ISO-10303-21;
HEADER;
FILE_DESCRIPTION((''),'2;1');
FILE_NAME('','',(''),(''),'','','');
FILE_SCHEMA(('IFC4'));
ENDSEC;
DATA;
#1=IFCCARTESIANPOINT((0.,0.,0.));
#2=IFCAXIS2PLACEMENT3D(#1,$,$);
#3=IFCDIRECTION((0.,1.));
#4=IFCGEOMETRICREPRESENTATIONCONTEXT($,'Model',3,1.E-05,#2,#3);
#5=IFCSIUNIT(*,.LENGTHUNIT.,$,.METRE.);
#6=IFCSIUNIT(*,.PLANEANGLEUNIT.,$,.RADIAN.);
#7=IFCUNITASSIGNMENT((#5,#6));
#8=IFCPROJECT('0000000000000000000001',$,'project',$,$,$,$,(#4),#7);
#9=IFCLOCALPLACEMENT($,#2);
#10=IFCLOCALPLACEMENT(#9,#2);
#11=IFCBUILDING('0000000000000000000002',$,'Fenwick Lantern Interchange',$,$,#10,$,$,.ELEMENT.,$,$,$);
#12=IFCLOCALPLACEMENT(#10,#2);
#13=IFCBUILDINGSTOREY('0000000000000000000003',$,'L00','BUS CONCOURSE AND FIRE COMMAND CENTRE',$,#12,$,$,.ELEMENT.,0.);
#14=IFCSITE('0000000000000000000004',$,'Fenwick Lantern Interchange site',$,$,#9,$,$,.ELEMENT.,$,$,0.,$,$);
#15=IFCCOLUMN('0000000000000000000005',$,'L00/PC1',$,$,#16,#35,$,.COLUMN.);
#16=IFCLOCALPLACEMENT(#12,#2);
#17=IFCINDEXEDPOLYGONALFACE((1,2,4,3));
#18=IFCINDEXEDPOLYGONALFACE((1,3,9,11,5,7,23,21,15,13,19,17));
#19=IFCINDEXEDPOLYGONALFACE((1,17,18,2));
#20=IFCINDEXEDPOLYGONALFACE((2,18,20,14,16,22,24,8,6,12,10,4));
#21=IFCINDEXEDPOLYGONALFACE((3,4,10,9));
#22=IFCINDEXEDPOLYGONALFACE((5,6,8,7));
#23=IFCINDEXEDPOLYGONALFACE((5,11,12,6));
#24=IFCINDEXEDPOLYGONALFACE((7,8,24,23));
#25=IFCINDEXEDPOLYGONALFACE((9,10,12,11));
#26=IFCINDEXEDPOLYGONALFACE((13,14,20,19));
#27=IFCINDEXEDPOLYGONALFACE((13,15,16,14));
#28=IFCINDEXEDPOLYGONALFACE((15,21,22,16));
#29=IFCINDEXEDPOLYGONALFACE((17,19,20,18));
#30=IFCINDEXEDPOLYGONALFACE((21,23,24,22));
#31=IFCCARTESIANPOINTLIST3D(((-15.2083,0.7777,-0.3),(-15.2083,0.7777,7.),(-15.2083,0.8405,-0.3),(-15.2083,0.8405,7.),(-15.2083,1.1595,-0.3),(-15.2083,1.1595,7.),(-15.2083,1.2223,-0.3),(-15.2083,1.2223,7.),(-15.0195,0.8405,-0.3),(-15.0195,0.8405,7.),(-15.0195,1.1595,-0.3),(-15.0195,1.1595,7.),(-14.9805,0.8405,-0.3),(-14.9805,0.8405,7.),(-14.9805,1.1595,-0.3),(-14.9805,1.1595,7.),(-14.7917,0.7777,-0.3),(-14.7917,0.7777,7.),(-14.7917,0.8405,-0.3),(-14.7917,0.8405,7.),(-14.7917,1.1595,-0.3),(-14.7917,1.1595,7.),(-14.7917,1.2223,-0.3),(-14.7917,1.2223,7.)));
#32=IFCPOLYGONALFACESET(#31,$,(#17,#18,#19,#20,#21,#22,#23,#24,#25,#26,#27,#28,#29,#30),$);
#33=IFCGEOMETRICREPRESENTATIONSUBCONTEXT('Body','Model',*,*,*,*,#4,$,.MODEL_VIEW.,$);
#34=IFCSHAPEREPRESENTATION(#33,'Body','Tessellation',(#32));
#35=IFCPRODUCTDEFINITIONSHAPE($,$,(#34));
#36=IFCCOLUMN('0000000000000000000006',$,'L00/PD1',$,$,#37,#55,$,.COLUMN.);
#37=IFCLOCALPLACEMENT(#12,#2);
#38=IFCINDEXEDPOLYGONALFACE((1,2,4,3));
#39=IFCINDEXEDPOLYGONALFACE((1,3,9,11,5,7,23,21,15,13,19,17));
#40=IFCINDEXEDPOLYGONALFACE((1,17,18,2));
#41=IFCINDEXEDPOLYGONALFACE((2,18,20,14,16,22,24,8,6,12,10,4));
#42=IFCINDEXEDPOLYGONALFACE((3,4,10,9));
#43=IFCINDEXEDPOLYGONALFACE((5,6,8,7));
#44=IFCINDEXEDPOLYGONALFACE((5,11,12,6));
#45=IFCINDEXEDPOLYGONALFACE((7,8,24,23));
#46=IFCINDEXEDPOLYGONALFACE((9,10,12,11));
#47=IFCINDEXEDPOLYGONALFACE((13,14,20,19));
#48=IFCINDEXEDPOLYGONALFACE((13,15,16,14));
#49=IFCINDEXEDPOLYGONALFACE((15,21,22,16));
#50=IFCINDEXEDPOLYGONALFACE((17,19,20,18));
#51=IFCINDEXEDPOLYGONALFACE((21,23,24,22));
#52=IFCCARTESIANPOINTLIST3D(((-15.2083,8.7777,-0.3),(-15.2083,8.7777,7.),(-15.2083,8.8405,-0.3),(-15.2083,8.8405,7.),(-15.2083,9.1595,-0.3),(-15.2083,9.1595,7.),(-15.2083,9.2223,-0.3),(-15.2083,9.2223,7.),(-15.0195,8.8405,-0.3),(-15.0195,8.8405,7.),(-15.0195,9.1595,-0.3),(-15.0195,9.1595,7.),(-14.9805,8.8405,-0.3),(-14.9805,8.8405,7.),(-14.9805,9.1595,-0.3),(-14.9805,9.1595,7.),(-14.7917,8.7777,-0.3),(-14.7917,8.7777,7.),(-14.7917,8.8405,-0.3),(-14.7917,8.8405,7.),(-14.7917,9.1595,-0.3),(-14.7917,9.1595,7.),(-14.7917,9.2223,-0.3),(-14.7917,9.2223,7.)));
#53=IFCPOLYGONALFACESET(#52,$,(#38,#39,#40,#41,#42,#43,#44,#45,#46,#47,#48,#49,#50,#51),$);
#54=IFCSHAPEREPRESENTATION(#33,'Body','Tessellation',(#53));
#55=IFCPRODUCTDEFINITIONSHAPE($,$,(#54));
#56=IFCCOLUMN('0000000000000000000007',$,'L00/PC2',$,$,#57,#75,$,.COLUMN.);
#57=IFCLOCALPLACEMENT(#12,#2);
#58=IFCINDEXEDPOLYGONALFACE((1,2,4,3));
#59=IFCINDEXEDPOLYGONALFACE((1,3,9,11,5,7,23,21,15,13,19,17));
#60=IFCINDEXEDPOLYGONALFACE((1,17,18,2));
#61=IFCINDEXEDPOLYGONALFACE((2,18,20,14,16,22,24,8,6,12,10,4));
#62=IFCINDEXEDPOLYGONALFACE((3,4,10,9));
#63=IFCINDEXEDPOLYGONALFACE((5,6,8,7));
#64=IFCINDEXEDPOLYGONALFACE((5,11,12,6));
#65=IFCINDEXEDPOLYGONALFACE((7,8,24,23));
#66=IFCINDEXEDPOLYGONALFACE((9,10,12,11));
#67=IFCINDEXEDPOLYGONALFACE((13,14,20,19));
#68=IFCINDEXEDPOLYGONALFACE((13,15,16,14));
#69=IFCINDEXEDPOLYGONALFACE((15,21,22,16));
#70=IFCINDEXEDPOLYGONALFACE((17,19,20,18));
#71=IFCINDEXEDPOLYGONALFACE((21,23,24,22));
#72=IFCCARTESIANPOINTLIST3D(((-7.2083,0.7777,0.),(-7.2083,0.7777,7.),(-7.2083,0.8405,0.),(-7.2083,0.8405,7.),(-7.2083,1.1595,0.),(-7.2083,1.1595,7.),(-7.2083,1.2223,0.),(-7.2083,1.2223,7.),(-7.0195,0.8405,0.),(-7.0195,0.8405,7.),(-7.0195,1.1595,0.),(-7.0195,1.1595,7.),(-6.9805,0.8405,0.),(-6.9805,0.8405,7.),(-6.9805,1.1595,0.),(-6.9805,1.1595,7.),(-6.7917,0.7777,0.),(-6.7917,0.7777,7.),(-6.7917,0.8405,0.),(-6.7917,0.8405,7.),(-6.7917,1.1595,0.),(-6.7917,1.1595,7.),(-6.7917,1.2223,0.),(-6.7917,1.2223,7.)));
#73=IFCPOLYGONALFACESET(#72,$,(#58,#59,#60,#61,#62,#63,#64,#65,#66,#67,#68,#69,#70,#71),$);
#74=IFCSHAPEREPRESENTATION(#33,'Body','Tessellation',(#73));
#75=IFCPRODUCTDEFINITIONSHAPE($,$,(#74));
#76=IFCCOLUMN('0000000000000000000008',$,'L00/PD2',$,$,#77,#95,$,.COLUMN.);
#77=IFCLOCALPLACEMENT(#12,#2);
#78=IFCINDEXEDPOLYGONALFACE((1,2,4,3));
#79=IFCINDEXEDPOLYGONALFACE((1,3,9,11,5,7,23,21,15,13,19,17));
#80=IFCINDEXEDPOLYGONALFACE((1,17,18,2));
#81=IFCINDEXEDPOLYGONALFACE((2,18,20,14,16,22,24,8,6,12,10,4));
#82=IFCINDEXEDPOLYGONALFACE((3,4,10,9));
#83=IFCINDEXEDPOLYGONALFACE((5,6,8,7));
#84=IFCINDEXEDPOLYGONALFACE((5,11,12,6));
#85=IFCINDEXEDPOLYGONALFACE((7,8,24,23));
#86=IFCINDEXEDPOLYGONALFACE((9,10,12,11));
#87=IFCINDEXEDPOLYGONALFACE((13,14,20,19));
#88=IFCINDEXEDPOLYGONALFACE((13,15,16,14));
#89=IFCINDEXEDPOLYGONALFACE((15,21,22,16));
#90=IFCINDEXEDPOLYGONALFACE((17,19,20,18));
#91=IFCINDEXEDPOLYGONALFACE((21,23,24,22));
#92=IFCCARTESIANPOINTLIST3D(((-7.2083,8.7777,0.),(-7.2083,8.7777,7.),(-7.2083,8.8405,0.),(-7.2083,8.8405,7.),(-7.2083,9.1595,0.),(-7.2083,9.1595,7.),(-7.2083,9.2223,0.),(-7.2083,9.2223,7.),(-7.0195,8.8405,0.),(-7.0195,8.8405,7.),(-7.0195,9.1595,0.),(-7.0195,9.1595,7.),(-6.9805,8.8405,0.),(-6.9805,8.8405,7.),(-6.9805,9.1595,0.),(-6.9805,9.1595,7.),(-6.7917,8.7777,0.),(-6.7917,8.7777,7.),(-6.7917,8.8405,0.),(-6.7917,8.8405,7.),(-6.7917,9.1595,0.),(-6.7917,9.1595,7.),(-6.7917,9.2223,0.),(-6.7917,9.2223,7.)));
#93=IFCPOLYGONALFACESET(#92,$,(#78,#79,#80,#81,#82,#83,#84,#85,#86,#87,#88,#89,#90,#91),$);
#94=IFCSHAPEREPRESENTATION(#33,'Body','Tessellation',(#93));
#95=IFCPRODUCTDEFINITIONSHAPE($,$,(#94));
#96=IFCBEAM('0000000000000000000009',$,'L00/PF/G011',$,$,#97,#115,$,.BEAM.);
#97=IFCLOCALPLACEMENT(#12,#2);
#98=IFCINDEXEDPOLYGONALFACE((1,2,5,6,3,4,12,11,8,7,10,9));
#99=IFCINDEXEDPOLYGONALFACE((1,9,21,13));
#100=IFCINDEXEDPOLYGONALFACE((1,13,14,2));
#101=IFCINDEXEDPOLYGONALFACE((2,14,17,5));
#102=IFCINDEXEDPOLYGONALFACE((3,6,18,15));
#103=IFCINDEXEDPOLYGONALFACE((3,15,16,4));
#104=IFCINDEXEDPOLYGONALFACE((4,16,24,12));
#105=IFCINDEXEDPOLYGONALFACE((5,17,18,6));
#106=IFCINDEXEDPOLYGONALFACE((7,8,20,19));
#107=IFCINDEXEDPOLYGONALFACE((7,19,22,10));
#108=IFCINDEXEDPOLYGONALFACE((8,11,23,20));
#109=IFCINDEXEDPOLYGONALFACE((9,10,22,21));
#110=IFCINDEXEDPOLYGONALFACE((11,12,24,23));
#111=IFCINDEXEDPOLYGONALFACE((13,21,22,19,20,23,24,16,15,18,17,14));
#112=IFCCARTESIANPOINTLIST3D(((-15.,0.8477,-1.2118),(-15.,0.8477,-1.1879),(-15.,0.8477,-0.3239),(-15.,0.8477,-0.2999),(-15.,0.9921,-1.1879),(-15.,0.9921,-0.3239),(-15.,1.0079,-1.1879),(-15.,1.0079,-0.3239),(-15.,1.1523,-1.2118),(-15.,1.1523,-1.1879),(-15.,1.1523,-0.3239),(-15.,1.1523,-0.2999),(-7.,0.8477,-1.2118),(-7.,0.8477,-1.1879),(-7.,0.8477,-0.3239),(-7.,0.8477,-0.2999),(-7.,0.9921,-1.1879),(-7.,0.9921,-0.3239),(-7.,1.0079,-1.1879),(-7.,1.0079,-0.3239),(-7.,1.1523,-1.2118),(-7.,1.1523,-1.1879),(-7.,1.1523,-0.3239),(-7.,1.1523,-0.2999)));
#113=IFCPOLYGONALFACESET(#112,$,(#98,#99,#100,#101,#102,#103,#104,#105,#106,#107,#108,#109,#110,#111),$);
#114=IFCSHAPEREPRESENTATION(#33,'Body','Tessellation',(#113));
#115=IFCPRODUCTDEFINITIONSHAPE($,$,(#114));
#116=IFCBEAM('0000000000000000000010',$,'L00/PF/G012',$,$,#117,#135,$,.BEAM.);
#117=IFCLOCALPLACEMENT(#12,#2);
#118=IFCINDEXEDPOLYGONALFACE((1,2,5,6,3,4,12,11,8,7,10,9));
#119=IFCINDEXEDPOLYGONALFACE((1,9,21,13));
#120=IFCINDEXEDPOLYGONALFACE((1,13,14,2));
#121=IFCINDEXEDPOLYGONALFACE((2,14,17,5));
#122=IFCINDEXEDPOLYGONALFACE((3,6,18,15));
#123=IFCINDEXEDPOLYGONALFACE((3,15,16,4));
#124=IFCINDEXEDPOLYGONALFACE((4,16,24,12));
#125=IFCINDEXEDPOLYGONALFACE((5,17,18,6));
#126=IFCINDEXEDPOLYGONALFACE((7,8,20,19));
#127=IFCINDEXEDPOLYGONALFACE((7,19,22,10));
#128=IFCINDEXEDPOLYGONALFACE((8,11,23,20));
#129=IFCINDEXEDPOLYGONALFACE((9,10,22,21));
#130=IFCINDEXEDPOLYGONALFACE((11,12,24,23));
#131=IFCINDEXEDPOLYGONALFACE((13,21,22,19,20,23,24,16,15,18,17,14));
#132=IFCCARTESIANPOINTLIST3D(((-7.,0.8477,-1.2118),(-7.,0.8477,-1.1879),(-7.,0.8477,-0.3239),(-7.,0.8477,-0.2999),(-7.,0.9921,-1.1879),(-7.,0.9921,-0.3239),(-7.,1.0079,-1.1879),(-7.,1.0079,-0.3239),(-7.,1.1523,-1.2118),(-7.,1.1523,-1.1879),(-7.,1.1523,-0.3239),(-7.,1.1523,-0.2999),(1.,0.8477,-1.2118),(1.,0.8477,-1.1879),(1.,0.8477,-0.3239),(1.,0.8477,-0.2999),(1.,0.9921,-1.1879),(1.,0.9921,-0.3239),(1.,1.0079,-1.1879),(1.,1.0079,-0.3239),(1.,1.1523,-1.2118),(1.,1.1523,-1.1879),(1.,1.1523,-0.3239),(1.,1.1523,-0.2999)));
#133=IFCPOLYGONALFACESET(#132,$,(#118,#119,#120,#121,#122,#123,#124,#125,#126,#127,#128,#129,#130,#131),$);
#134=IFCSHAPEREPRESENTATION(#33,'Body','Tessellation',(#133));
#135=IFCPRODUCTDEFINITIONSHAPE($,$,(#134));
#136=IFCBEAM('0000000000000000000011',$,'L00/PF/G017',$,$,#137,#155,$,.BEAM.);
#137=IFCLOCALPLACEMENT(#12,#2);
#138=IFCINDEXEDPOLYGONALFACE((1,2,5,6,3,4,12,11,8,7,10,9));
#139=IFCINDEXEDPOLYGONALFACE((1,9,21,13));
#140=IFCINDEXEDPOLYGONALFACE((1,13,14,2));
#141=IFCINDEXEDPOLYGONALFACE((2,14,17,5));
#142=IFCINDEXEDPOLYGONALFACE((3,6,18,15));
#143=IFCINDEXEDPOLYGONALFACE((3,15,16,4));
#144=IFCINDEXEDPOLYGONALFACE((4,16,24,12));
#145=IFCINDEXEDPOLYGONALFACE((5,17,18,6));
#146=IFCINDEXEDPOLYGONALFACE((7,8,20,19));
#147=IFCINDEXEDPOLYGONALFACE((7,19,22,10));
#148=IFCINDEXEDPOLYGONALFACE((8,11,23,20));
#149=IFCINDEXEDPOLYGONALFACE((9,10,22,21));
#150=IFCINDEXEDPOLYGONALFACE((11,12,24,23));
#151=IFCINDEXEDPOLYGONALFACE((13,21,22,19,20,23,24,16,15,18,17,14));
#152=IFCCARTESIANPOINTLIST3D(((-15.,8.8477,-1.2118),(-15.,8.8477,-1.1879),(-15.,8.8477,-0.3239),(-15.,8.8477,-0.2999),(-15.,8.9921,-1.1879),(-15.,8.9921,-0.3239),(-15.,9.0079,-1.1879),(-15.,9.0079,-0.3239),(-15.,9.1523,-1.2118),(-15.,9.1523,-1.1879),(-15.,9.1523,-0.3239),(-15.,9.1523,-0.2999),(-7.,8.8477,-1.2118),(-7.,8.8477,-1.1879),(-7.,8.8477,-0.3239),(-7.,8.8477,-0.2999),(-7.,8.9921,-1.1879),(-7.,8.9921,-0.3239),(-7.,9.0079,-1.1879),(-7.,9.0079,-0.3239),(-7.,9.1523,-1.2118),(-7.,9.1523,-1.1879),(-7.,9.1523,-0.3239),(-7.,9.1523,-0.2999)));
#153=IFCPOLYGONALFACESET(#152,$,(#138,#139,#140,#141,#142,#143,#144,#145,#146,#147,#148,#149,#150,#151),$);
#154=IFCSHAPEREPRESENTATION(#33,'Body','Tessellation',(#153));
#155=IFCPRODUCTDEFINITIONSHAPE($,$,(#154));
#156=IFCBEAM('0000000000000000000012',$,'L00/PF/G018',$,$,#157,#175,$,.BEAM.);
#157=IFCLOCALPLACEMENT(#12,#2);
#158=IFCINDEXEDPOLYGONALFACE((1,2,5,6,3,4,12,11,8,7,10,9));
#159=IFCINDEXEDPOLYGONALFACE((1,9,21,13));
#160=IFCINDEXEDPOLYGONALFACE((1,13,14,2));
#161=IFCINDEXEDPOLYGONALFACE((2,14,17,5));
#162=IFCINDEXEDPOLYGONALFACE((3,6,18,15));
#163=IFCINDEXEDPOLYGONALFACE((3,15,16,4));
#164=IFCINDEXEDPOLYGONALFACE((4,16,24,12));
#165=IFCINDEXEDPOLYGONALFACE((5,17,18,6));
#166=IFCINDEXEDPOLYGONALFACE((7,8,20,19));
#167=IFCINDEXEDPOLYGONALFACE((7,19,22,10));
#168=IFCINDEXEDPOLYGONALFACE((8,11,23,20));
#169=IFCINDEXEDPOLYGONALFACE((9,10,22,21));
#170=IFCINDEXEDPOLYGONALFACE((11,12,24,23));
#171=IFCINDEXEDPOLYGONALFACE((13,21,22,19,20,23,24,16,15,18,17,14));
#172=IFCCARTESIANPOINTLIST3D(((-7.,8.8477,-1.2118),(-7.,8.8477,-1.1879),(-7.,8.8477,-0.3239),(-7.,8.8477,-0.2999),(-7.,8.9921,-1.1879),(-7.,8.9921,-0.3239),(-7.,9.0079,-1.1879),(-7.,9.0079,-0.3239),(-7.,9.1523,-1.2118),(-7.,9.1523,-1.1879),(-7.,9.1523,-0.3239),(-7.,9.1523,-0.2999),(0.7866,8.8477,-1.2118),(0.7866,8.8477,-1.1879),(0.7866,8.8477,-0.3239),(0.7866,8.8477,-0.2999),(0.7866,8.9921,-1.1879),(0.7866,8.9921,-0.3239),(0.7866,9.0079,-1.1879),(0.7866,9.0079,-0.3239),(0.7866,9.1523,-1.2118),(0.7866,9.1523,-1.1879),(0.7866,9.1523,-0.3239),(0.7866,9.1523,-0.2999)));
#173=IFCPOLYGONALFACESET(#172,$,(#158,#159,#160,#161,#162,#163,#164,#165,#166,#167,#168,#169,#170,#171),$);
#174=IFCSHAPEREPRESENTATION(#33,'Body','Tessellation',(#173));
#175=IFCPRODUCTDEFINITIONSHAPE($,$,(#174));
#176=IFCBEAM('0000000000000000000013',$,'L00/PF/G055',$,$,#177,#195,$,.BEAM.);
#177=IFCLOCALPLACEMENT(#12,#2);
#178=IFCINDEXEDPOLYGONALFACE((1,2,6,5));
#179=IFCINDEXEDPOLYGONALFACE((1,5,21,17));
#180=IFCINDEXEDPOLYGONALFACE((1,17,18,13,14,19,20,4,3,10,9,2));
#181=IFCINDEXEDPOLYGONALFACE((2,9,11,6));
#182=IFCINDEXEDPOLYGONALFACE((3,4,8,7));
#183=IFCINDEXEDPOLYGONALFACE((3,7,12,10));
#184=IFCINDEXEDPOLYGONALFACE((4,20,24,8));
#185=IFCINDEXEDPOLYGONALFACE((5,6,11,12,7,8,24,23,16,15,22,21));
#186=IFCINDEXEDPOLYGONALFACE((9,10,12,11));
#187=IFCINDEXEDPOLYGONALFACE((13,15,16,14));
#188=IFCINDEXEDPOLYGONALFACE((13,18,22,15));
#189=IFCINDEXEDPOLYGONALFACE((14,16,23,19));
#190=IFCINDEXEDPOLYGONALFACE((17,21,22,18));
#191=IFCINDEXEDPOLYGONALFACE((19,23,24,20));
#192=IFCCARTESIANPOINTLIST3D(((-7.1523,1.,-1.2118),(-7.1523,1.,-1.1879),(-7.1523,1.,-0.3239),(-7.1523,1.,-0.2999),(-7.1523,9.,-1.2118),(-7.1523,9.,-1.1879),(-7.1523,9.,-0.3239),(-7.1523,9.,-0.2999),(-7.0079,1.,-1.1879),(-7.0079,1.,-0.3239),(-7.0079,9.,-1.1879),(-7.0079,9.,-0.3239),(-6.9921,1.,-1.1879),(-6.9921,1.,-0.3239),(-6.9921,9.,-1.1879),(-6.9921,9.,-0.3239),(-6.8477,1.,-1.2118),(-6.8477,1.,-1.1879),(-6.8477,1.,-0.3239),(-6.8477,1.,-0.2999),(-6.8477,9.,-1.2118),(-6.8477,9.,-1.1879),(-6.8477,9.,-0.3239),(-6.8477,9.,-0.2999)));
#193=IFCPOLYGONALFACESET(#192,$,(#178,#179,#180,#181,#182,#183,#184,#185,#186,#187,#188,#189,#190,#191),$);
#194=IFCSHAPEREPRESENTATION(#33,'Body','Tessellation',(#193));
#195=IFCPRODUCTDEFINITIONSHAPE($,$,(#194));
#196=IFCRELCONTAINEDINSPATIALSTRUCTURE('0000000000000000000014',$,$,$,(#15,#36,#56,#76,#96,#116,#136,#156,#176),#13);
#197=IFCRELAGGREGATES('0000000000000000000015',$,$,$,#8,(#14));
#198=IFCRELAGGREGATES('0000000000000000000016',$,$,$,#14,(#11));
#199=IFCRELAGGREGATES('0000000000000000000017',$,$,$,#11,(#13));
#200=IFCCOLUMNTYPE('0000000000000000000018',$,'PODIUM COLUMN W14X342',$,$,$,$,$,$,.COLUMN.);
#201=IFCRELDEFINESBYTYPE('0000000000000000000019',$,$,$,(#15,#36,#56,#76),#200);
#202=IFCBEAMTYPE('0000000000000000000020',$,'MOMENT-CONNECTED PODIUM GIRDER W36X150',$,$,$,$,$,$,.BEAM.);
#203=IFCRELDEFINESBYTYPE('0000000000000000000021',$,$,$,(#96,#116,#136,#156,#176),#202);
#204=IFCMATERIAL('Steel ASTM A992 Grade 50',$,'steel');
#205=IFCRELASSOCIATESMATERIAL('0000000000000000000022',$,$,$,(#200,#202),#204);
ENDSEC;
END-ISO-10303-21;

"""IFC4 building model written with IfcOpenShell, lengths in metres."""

from ifc_helpers import new_model, si_unit, direction, frame, origin, origin_2d, place, context, subcontext, project, spatial, i_section, extrude, material, material_profile, profile_set, type_object, element, save


model = new_model("IFC4")

# Units and contexts
model_context = context("Model", 3, precision=1e-05, world=origin(), true_north=direction((0.0, 1.0)))
body_context = subcontext(model_context, "Body", "Model", "MODEL_VIEW")
ifc_project = project(units=[si_unit("LENGTHUNIT", "METRE"), si_unit("PLANEANGLEUNIT", "RADIAN")], contexts=[model_context])

# Site, building, storey
site_placement = place(None, origin())
site = spatial("IfcSite", under=ifc_project, at=site_placement, Name="Fenwick Lantern Interchange site", CompositionType="ELEMENT", RefElevation=0.0)
building_placement = place(site_placement, origin())
building = spatial("IfcBuilding", under=site, at=building_placement, Name="Fenwick Lantern Interchange", CompositionType="ELEMENT")
storey_placement = place(building_placement, origin())
storey = spatial("IfcBuildingStorey", under=building, at=storey_placement, Name="L00", Description="BUS CONCOURSE AND FIRE COMMAND CENTRE", CompositionType="ELEMENT", Elevation=0.0)

# Columns
ifc_material_1 = material(Name="Steel ASTM A992 Grade 50", Category="steel")
ifc_material_profile_1 = material_profile(ifc_material_1, i_section(OverallWidth=0.4165, OverallDepth=0.4446, WebThickness=0.0391, FlangeThickness=0.0627, at=origin_2d()), Name="W14X342")
ifc_profile_set_1 = profile_set([ifc_material_profile_1], Name="Steel ASTM A992 Grade 50")
column_type = type_object("IfcColumnType", Name="PODIUM COLUMN W14X342", PredefinedType="COLUMN", material=ifc_profile_set_1)
for number, where, z_axis, x_axis, name in (
    (1, (-15.0, 1.0, -0.3), (0.0, 0.0, 1.0), (1.0, 0.0, 0.0), "L00/PC1"),
    (2, (-15.0, 9.0, -0.3), (0.0, 0.0, 1.0), (1.0, 0.0, 0.0), "L00/PD1"),
):
    element("IfcColumn", number, at=place(storey_placement, frame(where, z_axis=z_axis, x_axis=x_axis)), inside=storey, type_object=column_type, Name=name, PredefinedType="COLUMN", context=body_context, shape_type="SweptSolid", body=[
        extrude(i_section(OverallWidth=0.4165, OverallDepth=0.4446, WebThickness=0.0391, FlangeThickness=0.0627, at=origin_2d()), origin(), (0.0, 0.0, 1.0), 7.3),
    ])
for number, where, z_axis, x_axis, name in (
    (3, (-7.0, 1.0, 0.0), (0.0, 0.0, 1.0), (1.0, 0.0, 0.0), "L00/PC2"),
    (4, (-7.0, 9.0, 0.0), (0.0, 0.0, 1.0), (1.0, 0.0, 0.0), "L00/PD2"),
):
    element("IfcColumn", number, at=place(storey_placement, frame(where, z_axis=z_axis, x_axis=x_axis)), inside=storey, type_object=column_type, Name=name, PredefinedType="COLUMN", context=body_context, shape_type="SweptSolid", body=[
        extrude(i_section(OverallWidth=0.4165, OverallDepth=0.4446, WebThickness=0.0391, FlangeThickness=0.0627, at=origin_2d()), origin(), (0.0, 0.0, 1.0), 7.0),
    ])

# Beams
ifc_material_profile_2 = material_profile(ifc_material_1, i_section(OverallWidth=0.3047, OverallDepth=0.9119, WebThickness=0.0159, FlangeThickness=0.0239, at=origin_2d()), Name="W36X150")
ifc_profile_set_2 = profile_set([ifc_material_profile_2], Name="Steel ASTM A992 Grade 50")
beam_type_1 = type_object("IfcBeamType", Name="MOMENT-CONNECTED PODIUM GIRDER W36X150", PredefinedType="BEAM", material=ifc_profile_set_2)
for number, where, z_axis, x_axis, name in (
    (5, (-15.0, 1.0, -0.7559), (1.0, 0.0, 0.0), (0.0, 1.0, 0.0), "L00/PF/G011"),
    (6, (-7.0, 1.0, -0.7559), (1.0, 0.0, 0.0), (0.0, 1.0, 0.0), "L00/PF/G012"),
    (7, (-15.0, 9.0, -0.7559), (1.0, 0.0, 0.0), (0.0, 1.0, 0.0), "L00/PF/G017"),
):
    element("IfcBeam", number, at=place(storey_placement, frame(where, z_axis=z_axis, x_axis=x_axis)), inside=storey, type_object=beam_type_1, Name=name, PredefinedType="BEAM", context=body_context, shape_type="SweptSolid", body=[
        extrude(i_section(OverallWidth=0.3047, OverallDepth=0.9119, WebThickness=0.0159, FlangeThickness=0.0239, at=origin_2d()), origin(), (0.0, 0.0, 1.0), 8.0),
    ])
beam_1_placement = place(storey_placement, frame((-7.0, 9.0, -0.7559), z_axis=(1.0, 0.0, 0.0), x_axis=(0.0, 1.0, 0.0)))
element("IfcBeam", 8, at=beam_1_placement, inside=storey, type_object=beam_type_1, Name="L00/PF/G018", PredefinedType="BEAM", context=body_context, shape_type="SweptSolid", body=[
    extrude(i_section(OverallWidth=0.3047, OverallDepth=0.9119, WebThickness=0.0159, FlangeThickness=0.0239, at=origin_2d()), origin(), (0.0, 0.0, 1.0), 7.7866),
])
beam_2_placement = place(storey_placement, frame((-7.0, 1.0, -0.7559), z_axis=(0.0, 1.0, 0.0), x_axis=(-1.0, 0.0, 0.0)))
element("IfcBeam", 9, at=beam_2_placement, inside=storey, type_object=beam_type_1, Name="L00/PF/G055", PredefinedType="BEAM", context=body_context, shape_type="SweptSolid", body=[
    extrude(i_section(OverallWidth=0.3047, OverallDepth=0.9119, WebThickness=0.0159, FlangeThickness=0.0239, at=origin_2d()), origin(), (0.0, 0.0, 1.0), 8.0),
])

save(model, "model.ifc")
